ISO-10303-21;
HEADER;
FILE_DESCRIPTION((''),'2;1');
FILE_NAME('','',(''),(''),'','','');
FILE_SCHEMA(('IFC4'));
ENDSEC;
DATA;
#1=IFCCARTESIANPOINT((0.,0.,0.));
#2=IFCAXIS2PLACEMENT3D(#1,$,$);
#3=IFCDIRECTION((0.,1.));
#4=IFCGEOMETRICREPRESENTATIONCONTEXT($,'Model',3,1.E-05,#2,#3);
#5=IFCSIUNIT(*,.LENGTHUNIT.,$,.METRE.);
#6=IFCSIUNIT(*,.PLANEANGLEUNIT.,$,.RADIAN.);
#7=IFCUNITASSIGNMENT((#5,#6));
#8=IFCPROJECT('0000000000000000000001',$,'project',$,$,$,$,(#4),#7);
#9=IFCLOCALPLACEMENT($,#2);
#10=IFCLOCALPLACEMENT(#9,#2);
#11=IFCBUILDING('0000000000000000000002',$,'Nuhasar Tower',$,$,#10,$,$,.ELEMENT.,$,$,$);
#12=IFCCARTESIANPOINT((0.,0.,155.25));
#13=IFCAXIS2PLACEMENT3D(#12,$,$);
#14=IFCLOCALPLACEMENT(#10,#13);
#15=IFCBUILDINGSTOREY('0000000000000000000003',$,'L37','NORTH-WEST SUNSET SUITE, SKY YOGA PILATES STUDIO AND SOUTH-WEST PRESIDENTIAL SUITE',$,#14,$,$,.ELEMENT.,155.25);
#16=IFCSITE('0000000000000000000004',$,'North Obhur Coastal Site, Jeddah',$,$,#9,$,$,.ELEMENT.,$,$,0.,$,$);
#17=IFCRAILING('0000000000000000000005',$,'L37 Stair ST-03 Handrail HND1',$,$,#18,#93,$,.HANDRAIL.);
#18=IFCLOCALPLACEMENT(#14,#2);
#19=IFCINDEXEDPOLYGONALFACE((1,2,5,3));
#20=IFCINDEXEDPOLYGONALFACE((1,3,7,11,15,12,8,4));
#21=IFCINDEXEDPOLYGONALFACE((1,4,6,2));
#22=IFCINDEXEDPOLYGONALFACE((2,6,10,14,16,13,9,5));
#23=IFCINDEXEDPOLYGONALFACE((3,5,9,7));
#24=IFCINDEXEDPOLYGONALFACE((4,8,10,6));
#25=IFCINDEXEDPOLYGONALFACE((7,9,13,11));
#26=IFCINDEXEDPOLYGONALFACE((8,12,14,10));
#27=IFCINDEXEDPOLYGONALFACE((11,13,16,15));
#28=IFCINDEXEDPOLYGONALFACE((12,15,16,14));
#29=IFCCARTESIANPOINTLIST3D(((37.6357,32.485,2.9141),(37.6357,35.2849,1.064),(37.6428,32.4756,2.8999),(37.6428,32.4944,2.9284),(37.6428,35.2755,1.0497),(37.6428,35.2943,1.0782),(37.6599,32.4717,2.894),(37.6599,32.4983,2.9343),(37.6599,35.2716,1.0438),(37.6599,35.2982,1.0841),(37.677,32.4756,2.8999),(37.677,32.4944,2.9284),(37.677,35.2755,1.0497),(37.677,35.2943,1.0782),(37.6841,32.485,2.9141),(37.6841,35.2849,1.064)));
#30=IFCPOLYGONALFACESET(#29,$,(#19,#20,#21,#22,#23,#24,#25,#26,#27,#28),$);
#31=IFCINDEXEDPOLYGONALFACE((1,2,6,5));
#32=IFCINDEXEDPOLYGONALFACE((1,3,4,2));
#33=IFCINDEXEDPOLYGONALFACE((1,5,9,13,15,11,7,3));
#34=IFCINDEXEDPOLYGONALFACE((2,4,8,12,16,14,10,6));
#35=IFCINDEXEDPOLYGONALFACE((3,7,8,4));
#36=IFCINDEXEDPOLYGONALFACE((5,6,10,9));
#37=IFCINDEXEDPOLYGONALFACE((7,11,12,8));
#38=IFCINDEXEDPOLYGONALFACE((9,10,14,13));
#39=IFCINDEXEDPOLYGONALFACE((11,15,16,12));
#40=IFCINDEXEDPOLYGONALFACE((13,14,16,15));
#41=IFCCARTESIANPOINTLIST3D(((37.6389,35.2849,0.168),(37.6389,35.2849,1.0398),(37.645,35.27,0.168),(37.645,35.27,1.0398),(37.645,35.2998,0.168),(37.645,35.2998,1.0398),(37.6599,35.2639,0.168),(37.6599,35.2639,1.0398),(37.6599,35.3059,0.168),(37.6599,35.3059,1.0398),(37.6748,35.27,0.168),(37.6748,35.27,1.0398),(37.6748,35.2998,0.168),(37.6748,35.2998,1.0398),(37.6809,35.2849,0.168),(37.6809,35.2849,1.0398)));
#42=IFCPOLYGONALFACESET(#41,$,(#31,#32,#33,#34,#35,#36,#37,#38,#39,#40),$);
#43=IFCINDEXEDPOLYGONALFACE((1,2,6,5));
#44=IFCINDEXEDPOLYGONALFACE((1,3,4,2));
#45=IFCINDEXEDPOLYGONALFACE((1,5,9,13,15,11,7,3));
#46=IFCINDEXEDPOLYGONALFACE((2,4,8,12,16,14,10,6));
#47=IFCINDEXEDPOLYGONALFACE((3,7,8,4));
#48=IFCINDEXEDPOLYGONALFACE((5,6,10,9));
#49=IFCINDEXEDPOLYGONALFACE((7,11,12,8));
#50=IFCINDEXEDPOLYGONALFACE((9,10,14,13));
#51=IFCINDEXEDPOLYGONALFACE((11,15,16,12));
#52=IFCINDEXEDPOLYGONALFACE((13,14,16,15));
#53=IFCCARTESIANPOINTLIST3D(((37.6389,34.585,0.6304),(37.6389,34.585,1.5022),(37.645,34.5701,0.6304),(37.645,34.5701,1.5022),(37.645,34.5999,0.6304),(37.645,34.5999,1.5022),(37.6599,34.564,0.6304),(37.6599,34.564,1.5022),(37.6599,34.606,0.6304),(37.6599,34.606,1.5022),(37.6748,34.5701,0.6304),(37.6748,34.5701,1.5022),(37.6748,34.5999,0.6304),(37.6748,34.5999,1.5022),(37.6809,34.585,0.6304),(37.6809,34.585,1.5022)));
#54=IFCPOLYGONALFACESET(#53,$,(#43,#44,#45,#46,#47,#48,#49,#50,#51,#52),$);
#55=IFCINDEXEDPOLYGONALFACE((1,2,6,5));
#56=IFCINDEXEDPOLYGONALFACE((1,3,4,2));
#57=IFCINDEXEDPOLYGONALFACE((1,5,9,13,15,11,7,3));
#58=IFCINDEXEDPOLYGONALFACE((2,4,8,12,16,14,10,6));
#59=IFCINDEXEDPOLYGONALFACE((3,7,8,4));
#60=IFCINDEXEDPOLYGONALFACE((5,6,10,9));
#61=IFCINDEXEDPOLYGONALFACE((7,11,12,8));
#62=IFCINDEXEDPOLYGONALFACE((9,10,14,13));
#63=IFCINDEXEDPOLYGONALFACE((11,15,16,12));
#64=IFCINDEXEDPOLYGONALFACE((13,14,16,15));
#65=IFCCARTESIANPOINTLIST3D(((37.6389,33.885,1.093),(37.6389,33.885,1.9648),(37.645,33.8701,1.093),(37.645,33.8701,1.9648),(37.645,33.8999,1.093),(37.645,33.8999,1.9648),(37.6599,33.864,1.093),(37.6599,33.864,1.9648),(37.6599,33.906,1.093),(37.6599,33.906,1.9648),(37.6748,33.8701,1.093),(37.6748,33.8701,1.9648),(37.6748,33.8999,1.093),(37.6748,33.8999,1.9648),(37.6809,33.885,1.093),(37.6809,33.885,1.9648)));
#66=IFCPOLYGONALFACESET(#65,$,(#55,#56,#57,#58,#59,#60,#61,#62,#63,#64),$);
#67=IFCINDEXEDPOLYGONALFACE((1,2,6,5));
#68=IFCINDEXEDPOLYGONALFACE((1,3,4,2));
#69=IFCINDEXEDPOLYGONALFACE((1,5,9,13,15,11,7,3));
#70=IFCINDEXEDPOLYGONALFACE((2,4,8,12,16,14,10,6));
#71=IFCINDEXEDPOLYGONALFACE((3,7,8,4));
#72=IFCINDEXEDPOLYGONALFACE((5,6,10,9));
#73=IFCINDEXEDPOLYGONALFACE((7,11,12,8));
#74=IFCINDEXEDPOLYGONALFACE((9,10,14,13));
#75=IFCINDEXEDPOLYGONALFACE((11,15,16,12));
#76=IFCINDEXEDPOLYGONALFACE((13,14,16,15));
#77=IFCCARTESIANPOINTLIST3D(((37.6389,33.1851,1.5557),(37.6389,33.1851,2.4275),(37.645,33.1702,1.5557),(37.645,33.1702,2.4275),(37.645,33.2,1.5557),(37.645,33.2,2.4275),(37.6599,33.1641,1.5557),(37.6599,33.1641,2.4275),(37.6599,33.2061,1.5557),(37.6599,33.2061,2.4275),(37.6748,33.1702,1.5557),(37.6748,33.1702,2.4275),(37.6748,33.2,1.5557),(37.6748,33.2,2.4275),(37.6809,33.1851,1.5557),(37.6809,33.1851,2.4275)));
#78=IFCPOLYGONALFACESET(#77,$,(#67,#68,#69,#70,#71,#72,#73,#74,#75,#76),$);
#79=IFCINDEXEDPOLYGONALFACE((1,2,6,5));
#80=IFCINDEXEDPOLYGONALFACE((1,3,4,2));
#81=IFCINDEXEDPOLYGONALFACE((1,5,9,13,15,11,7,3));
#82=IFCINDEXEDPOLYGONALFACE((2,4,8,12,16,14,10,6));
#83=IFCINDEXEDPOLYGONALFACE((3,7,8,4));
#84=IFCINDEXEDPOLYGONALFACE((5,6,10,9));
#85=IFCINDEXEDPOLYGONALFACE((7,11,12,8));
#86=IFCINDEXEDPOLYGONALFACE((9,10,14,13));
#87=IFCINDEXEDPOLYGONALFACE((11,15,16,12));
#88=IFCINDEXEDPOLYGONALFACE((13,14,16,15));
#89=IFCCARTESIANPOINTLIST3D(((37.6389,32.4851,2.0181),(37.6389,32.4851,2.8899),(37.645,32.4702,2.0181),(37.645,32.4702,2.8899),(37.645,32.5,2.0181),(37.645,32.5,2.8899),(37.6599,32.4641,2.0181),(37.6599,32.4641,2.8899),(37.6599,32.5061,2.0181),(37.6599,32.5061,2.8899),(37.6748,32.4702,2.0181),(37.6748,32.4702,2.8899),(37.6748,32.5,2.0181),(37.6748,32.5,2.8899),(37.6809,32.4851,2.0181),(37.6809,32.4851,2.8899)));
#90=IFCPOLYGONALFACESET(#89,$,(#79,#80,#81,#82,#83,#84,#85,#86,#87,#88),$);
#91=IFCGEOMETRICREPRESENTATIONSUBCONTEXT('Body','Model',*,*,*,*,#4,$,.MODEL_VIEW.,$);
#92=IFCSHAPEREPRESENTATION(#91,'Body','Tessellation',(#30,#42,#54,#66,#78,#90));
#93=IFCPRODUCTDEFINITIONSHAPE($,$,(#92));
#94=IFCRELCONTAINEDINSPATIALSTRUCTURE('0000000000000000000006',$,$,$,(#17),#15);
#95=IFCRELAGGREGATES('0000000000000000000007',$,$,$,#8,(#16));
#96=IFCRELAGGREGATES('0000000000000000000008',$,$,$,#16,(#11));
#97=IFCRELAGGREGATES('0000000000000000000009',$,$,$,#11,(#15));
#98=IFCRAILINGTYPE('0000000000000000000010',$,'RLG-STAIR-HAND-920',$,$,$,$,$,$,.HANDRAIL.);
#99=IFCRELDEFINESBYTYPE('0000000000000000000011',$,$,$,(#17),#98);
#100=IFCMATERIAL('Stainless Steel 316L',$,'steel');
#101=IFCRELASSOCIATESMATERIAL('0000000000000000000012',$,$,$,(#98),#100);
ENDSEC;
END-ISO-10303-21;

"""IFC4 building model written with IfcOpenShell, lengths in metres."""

from ifc_helpers import new_model, si_unit, direction, frame, origin, place, context, subcontext, project, spatial, polyline, outline, extrude, material, type_object, element, save


model = new_model("IFC4")

# Units and contexts
model_context = context("Model", 3, precision=1e-05, world=origin(), true_north=direction((0.0, 1.0)))
body_context = subcontext(model_context, "Body", "Model", "MODEL_VIEW")
ifc_project = project(units=[si_unit("LENGTHUNIT", "METRE"), si_unit("PLANEANGLEUNIT", "RADIAN")], contexts=[model_context])

# Site, building, storey
site_placement = place(None, origin())
site = spatial("IfcSite", under=ifc_project, at=site_placement, Name="North Obhur Coastal Site, Jeddah", CompositionType="ELEMENT", RefElevation=0.0)
building_placement = place(site_placement, origin())
building = spatial("IfcBuilding", under=site, at=building_placement, Name="Nuhasar Tower", CompositionType="ELEMENT")
storey_placement = place(building_placement, frame((0.0, 0.0, 155.25)))
storey = spatial("IfcBuildingStorey", under=building, at=storey_placement, Name="L37", Description="NORTH-WEST SUNSET SUITE, SKY YOGA PILATES STUDIO AND SOUTH-WEST PRESIDENTIAL SUITE", CompositionType="ELEMENT", Elevation=155.25)

# Railing
ifc_material_1 = material(Name="Stainless Steel 316L", Category="steel")
railing_type_1 = type_object("IfcRailingType", Name="RLG-STAIR-HAND-920", PredefinedType="HANDRAIL", material=ifc_material_1)
railing_1_placement = place(storey_placement, frame((37.6599, 35.2849, 0.168)))
element("IfcRailing", 1, at=railing_1_placement, inside=storey, type_object=railing_type_1, Name="L37 Stair ST-03 Handrail HND1", PredefinedType="HANDRAIL", context=body_context, shape_type="SweptSolid", body=[
    extrude(outline(polyline([(0.0242, 0.0), (0.0171, 0.0171), (0.0, 0.0242), (-0.0171, 0.0171), (-0.0242, 0.0), (-0.0171, -0.0171), (0.0, -0.0242), (0.0171, -0.0171), (0.0242, 0.0)])), frame((0.0, 0.0, 0.896), z_axis=(0.0, -0.834304, 0.551304), x_axis=(1.0, 0.0, 0.0)), (0.0, 0.0, 1.0), 3.356),
    extrude(outline(polyline([(0.021, 0.0), (0.0149, 0.0149), (0.0, 0.021), (-0.0149, 0.0149), (-0.021, 0.0), (-0.0149, -0.0149), (0.0, -0.021), (0.0149, -0.0149), (0.021, 0.0)])), origin(), (0.0, 0.0, 1.0), 0.8718),
    extrude(outline(polyline([(0.021, 0.0), (0.0149, 0.0149), (0.0, 0.021), (-0.0149, 0.0149), (-0.021, 0.0), (-0.0149, -0.0149), (0.0, -0.021), (0.0149, -0.0149), (0.021, 0.0)])), frame((0.0, -0.7, 0.4624)), (0.0, 0.0, 1.0), 0.8718),
    extrude(outline(polyline([(0.021, 0.0), (0.0149, 0.0149), (0.0, 0.021), (-0.0149, 0.0149), (-0.021, 0.0), (-0.0149, -0.0149), (0.0, -0.021), (0.0149, -0.0149), (0.021, 0.0)])), frame((0.0, -1.3999, 0.925)), (0.0, 0.0, 1.0), 0.8718),
    extrude(outline(polyline([(0.021, 0.0), (0.0149, 0.0149), (0.0, 0.021), (-0.0149, 0.0149), (-0.021, 0.0), (-0.0149, -0.0149), (0.0, -0.021), (0.0149, -0.0149), (0.021, 0.0)])), frame((0.0, -2.0999, 1.3877)), (0.0, 0.0, 1.0), 0.8718),
    extrude(outline(polyline([(0.021, 0.0), (0.0149, 0.0149), (0.0, 0.021), (-0.0149, 0.0149), (-0.021, 0.0), (-0.0149, -0.0149), (0.0, -0.021), (0.0149, -0.0149), (0.021, 0.0)])), frame((0.0, -2.7998, 1.8501)), (0.0, 0.0, 1.0), 0.8718),
])

save(model, "model.ifc")
